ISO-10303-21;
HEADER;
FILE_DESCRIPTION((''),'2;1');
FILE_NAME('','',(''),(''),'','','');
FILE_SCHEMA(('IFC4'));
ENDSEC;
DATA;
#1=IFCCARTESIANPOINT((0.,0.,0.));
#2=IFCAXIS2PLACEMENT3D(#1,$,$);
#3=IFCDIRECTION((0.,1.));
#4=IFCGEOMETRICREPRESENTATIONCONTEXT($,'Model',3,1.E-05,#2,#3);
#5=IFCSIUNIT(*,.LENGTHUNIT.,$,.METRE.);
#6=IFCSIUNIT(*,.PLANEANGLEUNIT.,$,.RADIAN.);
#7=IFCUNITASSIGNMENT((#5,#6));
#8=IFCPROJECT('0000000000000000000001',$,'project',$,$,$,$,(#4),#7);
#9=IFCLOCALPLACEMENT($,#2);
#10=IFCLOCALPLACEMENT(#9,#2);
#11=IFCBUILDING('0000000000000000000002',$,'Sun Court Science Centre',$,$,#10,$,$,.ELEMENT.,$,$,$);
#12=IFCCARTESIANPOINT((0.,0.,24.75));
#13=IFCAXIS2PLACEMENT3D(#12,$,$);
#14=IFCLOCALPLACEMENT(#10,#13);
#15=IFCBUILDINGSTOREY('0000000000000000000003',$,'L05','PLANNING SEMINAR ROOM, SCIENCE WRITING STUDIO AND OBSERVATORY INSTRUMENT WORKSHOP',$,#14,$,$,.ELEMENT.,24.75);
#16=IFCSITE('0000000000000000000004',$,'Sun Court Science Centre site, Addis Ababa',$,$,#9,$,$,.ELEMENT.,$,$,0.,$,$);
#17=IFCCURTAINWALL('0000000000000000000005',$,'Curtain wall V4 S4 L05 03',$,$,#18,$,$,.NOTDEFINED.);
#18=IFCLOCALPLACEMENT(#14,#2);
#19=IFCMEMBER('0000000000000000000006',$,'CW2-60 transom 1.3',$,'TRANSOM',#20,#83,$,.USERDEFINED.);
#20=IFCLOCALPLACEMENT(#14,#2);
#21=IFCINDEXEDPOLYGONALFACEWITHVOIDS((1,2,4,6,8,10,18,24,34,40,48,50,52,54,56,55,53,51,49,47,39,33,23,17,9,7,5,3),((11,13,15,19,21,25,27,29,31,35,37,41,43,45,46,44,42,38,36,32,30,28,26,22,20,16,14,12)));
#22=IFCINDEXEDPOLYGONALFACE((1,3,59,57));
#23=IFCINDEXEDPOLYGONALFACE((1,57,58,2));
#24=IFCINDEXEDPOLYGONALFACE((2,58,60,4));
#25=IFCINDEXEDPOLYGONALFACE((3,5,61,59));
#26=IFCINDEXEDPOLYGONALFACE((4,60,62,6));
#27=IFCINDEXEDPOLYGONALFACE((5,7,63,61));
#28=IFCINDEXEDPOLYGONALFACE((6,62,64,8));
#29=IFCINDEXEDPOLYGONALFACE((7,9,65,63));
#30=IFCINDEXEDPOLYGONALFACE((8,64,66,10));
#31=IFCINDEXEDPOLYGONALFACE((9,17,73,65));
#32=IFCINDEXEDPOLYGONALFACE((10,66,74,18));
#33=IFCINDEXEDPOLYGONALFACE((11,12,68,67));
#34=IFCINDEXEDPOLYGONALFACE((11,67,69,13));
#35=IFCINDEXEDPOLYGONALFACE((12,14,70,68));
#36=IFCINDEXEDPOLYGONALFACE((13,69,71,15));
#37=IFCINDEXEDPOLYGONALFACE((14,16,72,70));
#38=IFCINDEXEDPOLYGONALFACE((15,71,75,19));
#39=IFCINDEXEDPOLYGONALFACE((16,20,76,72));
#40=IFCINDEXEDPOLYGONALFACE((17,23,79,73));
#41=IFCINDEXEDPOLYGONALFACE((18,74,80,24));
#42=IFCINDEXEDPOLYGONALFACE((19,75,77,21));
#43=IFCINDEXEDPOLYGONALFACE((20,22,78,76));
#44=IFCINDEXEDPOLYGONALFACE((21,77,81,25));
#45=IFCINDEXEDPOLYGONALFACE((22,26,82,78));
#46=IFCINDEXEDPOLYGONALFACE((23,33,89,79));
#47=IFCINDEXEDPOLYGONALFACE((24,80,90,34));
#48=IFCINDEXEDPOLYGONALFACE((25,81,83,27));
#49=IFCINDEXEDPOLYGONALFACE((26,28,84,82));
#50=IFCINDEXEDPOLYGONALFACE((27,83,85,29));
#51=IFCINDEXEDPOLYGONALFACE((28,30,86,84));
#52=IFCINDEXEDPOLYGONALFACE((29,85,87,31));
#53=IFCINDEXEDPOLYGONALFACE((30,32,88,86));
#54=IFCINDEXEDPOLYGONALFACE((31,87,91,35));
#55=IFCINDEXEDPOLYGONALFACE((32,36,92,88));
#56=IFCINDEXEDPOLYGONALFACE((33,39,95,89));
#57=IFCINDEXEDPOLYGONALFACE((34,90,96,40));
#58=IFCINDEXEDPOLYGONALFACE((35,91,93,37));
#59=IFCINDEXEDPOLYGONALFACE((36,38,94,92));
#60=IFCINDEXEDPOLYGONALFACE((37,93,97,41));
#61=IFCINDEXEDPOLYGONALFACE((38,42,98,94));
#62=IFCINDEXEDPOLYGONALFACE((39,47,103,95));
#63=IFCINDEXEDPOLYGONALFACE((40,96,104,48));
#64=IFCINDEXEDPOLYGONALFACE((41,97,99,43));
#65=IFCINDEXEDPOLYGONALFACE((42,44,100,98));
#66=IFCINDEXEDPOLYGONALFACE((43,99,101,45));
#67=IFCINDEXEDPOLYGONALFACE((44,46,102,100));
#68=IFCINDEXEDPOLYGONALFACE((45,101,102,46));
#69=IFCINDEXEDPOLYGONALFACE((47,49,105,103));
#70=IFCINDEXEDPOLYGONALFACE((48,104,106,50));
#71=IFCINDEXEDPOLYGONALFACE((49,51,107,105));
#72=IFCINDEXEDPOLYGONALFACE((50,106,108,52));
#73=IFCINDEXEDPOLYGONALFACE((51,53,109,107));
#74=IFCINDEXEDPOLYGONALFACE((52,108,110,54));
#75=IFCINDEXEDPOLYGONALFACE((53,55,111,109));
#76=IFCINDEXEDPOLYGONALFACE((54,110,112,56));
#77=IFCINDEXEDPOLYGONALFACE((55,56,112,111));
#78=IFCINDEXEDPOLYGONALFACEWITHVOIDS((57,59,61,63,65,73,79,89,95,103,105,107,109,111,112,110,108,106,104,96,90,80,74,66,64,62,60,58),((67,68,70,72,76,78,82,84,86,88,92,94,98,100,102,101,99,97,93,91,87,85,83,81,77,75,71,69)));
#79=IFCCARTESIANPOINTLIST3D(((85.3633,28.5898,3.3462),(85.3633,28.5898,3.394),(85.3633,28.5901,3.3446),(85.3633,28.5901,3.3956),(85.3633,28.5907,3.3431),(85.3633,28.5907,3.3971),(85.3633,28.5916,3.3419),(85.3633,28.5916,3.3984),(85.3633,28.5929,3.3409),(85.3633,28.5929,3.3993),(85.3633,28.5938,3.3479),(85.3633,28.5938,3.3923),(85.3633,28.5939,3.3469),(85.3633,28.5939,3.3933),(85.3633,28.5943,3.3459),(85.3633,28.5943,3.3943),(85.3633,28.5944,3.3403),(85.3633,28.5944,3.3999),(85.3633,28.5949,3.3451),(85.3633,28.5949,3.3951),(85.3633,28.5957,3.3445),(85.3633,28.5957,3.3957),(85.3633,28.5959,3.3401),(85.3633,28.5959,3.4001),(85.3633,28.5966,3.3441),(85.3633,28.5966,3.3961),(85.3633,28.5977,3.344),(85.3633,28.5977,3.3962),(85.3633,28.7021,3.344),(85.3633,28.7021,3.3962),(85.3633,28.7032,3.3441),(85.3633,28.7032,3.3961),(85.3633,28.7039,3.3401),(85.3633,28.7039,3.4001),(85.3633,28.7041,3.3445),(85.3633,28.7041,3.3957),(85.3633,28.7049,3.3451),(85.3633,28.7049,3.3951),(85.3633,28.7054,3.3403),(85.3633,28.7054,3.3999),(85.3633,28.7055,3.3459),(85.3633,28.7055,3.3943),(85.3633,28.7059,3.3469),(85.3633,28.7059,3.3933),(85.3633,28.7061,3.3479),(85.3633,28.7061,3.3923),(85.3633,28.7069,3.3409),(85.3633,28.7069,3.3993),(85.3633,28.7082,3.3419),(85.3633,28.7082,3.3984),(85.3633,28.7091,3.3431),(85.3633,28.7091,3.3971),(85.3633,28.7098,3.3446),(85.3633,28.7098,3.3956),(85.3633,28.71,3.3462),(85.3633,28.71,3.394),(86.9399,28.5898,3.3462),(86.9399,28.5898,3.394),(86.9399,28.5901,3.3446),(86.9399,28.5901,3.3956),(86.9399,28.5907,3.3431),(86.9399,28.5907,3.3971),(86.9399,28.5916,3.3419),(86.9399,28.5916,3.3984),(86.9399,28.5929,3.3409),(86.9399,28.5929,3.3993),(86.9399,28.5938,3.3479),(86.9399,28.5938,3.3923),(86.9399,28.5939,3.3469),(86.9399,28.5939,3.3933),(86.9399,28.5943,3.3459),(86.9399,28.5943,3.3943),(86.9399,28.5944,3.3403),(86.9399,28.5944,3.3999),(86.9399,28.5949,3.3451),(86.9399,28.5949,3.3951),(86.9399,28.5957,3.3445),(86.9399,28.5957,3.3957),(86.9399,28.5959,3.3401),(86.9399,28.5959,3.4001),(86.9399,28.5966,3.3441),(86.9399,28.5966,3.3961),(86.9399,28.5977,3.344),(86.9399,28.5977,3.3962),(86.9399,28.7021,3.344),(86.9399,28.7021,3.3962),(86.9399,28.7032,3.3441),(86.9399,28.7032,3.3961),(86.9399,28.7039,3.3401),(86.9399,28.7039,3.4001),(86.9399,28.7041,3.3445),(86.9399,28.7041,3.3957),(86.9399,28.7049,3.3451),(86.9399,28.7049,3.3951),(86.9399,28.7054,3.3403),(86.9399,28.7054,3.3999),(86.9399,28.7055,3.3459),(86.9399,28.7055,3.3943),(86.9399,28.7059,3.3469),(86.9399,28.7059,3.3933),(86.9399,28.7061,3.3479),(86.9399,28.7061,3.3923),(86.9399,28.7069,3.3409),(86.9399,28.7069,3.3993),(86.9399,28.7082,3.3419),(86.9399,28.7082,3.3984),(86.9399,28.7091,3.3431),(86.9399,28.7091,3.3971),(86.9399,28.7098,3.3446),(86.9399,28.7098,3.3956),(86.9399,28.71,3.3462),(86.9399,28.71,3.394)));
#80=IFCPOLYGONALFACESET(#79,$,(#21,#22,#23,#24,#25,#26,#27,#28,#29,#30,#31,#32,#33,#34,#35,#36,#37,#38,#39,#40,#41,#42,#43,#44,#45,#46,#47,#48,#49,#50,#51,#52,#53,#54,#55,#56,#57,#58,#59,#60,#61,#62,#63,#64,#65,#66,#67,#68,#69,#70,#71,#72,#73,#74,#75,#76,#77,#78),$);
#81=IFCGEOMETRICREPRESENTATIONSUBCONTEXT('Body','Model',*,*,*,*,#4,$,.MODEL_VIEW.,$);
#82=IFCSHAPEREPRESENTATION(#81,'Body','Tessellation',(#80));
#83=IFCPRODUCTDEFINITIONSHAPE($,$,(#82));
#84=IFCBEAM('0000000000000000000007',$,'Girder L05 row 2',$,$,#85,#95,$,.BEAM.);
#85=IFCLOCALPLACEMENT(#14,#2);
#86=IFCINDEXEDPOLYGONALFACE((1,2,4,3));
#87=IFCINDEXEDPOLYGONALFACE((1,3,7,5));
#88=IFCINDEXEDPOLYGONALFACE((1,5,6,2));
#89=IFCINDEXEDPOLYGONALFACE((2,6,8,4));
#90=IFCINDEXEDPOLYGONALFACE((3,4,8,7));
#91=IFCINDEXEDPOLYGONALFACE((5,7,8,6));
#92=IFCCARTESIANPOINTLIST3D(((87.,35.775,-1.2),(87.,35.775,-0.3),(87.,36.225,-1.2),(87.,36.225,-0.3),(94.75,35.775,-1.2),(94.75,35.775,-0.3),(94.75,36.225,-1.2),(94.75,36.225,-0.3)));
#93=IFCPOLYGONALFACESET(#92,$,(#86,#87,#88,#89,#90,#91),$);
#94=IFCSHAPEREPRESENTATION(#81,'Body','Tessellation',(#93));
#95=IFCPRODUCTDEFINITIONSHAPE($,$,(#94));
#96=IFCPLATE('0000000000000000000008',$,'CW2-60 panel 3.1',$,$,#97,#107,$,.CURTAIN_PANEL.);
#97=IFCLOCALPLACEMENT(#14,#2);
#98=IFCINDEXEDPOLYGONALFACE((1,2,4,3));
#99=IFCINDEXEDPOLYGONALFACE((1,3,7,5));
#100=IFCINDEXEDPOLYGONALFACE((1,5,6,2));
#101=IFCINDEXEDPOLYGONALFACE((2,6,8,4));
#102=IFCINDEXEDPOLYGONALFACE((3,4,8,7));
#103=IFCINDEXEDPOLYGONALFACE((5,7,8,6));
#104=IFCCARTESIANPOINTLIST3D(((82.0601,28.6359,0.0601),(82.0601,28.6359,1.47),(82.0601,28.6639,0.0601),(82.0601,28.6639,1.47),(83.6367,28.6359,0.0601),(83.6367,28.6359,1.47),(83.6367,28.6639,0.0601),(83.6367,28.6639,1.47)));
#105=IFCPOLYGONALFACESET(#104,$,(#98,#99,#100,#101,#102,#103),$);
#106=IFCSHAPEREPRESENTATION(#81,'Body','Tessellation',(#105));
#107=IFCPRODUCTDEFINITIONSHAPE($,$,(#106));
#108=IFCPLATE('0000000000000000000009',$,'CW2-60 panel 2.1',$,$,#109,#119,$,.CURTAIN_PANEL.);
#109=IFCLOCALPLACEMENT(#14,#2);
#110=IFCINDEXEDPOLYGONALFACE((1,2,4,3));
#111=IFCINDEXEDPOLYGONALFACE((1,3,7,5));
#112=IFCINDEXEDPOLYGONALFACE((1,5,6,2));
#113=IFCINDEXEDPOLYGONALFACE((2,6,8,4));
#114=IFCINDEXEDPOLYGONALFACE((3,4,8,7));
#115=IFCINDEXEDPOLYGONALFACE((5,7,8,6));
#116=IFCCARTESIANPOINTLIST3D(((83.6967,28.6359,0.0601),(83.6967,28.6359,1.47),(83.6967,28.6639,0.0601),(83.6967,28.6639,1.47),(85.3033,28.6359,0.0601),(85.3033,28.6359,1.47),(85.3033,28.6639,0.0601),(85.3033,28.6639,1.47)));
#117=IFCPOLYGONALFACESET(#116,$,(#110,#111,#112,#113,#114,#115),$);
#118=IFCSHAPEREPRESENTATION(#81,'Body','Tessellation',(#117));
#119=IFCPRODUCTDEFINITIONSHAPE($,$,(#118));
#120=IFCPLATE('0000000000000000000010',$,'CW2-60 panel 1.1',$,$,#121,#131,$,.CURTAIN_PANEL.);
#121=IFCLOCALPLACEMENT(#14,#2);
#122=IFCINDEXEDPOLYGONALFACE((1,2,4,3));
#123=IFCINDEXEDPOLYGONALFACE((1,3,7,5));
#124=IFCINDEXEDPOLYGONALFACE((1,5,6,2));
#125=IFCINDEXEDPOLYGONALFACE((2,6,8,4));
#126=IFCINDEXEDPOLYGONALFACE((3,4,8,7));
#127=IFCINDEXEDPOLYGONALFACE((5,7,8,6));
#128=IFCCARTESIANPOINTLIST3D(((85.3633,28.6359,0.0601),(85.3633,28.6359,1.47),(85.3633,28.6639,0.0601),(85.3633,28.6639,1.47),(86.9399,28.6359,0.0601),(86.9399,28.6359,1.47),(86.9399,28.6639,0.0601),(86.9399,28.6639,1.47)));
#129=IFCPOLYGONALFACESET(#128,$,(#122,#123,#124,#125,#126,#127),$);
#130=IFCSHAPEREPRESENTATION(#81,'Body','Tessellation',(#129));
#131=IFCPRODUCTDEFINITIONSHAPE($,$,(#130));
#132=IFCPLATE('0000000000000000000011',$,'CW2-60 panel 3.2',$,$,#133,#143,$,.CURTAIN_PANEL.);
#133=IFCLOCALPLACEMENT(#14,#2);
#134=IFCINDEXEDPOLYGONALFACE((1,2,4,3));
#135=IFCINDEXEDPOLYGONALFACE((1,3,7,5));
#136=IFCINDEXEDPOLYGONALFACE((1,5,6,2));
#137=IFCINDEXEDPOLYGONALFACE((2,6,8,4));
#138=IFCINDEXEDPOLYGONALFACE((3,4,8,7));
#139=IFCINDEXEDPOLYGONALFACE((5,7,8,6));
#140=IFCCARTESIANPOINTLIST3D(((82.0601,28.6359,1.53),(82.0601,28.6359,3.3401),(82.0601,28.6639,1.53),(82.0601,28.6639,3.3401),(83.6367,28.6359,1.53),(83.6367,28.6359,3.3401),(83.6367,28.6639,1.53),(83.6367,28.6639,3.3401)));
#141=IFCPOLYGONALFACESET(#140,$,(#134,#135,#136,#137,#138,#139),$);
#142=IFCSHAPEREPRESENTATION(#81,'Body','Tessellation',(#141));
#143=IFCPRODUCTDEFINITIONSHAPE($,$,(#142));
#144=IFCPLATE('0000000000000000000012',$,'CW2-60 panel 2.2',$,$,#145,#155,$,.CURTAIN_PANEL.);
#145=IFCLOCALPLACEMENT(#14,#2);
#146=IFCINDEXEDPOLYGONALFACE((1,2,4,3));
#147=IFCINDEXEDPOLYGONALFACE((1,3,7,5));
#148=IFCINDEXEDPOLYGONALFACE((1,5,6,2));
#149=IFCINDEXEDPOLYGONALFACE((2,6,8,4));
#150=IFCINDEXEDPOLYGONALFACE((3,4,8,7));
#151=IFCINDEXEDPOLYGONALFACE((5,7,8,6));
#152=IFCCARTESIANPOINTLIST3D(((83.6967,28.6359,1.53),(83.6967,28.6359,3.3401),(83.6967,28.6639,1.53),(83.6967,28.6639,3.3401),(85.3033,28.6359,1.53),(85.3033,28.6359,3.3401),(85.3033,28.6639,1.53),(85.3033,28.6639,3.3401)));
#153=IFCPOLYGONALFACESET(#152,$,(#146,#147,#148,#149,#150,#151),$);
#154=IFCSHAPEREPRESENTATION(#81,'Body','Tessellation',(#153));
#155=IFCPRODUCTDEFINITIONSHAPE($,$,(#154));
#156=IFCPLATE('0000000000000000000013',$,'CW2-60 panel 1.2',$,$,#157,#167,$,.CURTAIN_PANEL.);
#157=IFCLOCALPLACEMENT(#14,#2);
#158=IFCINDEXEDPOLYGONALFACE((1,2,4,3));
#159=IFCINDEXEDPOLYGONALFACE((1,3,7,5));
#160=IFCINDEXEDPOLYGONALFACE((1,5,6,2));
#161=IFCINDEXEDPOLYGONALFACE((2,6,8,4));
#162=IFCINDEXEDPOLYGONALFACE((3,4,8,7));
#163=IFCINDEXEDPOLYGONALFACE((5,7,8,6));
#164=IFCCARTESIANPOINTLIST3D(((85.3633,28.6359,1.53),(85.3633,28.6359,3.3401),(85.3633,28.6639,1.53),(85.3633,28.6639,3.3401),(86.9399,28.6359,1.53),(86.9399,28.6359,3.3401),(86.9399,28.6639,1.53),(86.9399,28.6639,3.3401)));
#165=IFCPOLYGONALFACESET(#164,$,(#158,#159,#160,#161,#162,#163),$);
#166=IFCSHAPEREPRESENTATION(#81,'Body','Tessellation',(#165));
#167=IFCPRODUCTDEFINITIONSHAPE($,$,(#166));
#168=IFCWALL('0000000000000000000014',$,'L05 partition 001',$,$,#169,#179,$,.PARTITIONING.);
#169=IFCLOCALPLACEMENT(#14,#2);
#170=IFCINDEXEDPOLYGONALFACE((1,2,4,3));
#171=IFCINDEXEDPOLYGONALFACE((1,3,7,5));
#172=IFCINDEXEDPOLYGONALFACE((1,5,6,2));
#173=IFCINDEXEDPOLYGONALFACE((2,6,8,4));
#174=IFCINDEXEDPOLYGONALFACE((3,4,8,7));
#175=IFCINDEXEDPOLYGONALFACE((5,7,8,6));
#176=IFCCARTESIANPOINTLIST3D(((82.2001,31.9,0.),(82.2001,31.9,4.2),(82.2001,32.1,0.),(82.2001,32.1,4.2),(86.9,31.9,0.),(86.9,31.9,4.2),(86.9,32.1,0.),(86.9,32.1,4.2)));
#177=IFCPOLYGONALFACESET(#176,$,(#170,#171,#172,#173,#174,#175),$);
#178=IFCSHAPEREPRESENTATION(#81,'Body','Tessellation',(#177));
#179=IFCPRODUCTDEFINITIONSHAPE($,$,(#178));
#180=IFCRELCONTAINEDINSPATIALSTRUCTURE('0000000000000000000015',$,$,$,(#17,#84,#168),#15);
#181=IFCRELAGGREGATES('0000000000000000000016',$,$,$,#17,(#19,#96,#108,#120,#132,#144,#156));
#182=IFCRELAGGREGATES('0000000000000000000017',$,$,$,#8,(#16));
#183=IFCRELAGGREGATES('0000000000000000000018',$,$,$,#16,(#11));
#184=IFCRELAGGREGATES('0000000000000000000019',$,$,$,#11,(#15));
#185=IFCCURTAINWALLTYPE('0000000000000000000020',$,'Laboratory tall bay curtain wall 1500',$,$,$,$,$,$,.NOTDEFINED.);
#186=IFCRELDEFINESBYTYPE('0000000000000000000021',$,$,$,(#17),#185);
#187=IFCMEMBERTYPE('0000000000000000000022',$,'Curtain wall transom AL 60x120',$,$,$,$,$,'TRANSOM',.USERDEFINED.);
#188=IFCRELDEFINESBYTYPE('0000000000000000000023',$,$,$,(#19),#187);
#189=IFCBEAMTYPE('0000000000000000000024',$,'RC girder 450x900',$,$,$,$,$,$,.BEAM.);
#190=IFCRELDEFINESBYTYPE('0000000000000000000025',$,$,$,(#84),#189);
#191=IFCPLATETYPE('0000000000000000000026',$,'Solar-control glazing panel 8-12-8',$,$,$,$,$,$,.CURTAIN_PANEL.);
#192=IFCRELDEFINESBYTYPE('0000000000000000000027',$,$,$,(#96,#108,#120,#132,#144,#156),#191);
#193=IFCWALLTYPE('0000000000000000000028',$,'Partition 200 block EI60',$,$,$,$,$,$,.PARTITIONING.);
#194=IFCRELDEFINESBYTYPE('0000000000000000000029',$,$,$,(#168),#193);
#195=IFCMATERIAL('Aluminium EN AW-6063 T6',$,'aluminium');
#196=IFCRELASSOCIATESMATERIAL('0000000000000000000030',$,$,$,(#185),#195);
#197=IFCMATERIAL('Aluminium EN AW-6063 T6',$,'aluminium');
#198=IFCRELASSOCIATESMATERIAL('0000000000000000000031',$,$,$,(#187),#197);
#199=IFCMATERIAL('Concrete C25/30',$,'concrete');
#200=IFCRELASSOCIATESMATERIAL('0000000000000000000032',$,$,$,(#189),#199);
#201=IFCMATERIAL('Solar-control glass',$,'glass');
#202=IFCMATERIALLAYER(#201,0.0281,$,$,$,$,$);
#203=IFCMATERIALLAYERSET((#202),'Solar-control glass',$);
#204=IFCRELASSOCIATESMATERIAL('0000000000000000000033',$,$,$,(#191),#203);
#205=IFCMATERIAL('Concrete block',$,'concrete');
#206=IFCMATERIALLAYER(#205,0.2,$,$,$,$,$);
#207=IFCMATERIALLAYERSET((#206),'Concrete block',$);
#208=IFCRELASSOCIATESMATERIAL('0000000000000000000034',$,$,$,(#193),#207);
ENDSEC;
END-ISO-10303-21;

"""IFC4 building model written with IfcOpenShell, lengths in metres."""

from ifc_helpers import new_model, si_unit, direction, frame, frame_2d, origin, origin_2d, place, context, subcontext, project, spatial, rectangle, hollow_rectangle, extrude, material, layer, layer_set, material_profile, profile_set, type_object, element, aggregate, save


model = new_model("IFC4")

# Units and contexts
model_context = context("Model", 3, precision=1e-05, world=origin(), true_north=direction((0.0, 1.0)))
body_context = subcontext(model_context, "Body", "Model", "MODEL_VIEW")
ifc_project = project(units=[si_unit("LENGTHUNIT", "METRE"), si_unit("PLANEANGLEUNIT", "RADIAN")], contexts=[model_context])

# Site, building, storey
site_placement = place(None, origin())
site = spatial("IfcSite", under=ifc_project, at=site_placement, Name="Sun Court Science Centre site, Addis Ababa", CompositionType="ELEMENT", RefElevation=0.0)
building_placement = place(site_placement, origin())
building = spatial("IfcBuilding", under=site, at=building_placement, Name="Sun Court Science Centre", CompositionType="ELEMENT")
storey_placement = place(building_placement, frame((0.0, 0.0, 24.75)))
storey = spatial("IfcBuildingStorey", under=building, at=storey_placement, Name="L05", Description="PLANNING SEMINAR ROOM, SCIENCE WRITING STUDIO AND OBSERVATORY INSTRUMENT WORKSHOP", CompositionType="ELEMENT", Elevation=24.75)

# Curtain wall, member
ifc_material_1 = material(Name="Aluminium EN AW-6063 T6", Category="aluminium")
curtain_wall_type = type_object("IfcCurtainWallType", Name="Laboratory tall bay curtain wall 1500", PredefinedType="NOTDEFINED", material=ifc_material_1)
curtain_wall_placement = place(storey_placement, origin())
curtain_wall = element("IfcCurtainWall", 1, at=curtain_wall_placement, inside=storey, type_object=curtain_wall_type, Name="Curtain wall V4 S4 L05 03", PredefinedType="NOTDEFINED")
ifc_material_2 = material(Name="Aluminium EN AW-6063 T6", Category="aluminium")
ifc_material_profile_1 = material_profile(ifc_material_2, hollow_rectangle(XDim=0.0601, YDim=0.1201, WallThickness=0.0039, InnerFilletRadius=0.0039, OuterFilletRadius=0.0061, at=origin_2d()), Name="AL 60x120x4")
ifc_profile_set_1 = profile_set([ifc_material_profile_1], Name="Aluminium EN AW-6063 T6")
member_type = type_object("IfcMemberType", Name="Curtain wall transom AL 60x120", ElementType="TRANSOM", PredefinedType="USERDEFINED", material=ifc_profile_set_1)
member_1_placement = place(storey_placement, frame((86.9399, 28.6499, 3.3701), z_axis=(-1.0, 0.0, 0.0), x_axis=(0.0, 0.0, 1.0)))
member_1 = element("IfcMember", 2, at=member_1_placement, type_object=member_type, Name="CW2-60 transom 1.3", ObjectType="TRANSOM", PredefinedType="USERDEFINED", context=body_context, shape_type="SweptSolid", body=[
    extrude(hollow_rectangle(XDim=0.0601, YDim=0.1201, WallThickness=0.0039, InnerFilletRadius=0.0039, OuterFilletRadius=0.0061, at=origin_2d()), origin(), (0.0, 0.0, 1.0), 1.5767),
])

# Beam
ifc_material_3 = material(Name="Concrete C25/30", Category="concrete")
ifc_material_profile_2 = material_profile(ifc_material_3, rectangle(XDim=0.45, YDim=0.8999, at=origin_2d()), Name="RC 450x900")
ifc_profile_set_2 = profile_set([ifc_material_profile_2], Name="Concrete C25/30")
beam_type = type_object("IfcBeamType", Name="RC girder 450x900", PredefinedType="BEAM", material=ifc_profile_set_2)
beam_placement = place(storey_placement, frame((87.0, 36.0, -0.75), z_axis=(1.0, 0.0, 0.0), x_axis=(0.0, 1.0, 0.0)))
element("IfcBeam", 3, at=beam_placement, inside=storey, type_object=beam_type, Name="Girder L05 row 2", PredefinedType="BEAM", context=body_context, shape_type="SweptSolid", body=[
    extrude(rectangle(XDim=0.45, YDim=0.8999, at=origin_2d()), origin(), (0.0, 0.0, 1.0), 7.75),
])

# Plates
ifc_material_4 = material(Name="Solar-control glass", Category="glass")
ifc_layer_1 = layer(ifc_material_4, 0.0281)
ifc_layer_set_1 = layer_set([ifc_layer_1], Name="Solar-control glass")
plate_type = type_object("IfcPlateType", Name="Solar-control glazing panel 8-12-8", PredefinedType="CURTAIN_PANEL", material=ifc_layer_set_1)
plate_1_placement = place(storey_placement, frame((82.8484, 28.6499, 0.0601), z_axis=(0.0, 0.0, 1.0), x_axis=(-1.0, 0.0, 0.0)))
plate_1 = element("IfcPlate", 4, at=plate_1_placement, type_object=plate_type, Name="CW2-60 panel 3.1", PredefinedType="CURTAIN_PANEL", context=body_context, shape_type="SweptSolid", body=[
    extrude(rectangle(XDim=1.5767, YDim=0.0281, at=origin_2d()), origin(), (0.0, 0.0, 1.0), 1.4099),
])
plate_2_placement = place(storey_placement, frame((84.5, 28.6499, 0.0601), z_axis=(0.0, 0.0, 1.0), x_axis=(-1.0, 0.0, 0.0)))
plate_2 = element("IfcPlate", 5, at=plate_2_placement, type_object=plate_type, Name="CW2-60 panel 2.1", PredefinedType="CURTAIN_PANEL", context=body_context, shape_type="SweptSolid", body=[
    extrude(rectangle(XDim=1.6067, YDim=0.0281, at=origin_2d()), origin(), (0.0, 0.0, 1.0), 1.4099),
])
plate_3_placement = place(storey_placement, frame((86.1516, 28.6499, 0.0601), z_axis=(0.0, 0.0, 1.0), x_axis=(-1.0, 0.0, 0.0)))
plate_3 = element("IfcPlate", 6, at=plate_3_placement, type_object=plate_type, Name="CW2-60 panel 1.1", PredefinedType="CURTAIN_PANEL", context=body_context, shape_type="SweptSolid", body=[
    extrude(rectangle(XDim=1.5767, YDim=0.0281, at=origin_2d()), origin(), (0.0, 0.0, 1.0), 1.4099),
])
plate_4_placement = place(storey_placement, frame((82.8484, 28.6499, 1.53), z_axis=(0.0, 0.0, 1.0), x_axis=(-1.0, 0.0, 0.0)))
plate_4 = element("IfcPlate", 7, at=plate_4_placement, type_object=plate_type, Name="CW2-60 panel 3.2", PredefinedType="CURTAIN_PANEL", context=body_context, shape_type="SweptSolid", body=[
    extrude(rectangle(XDim=1.5767, YDim=0.0281, at=origin_2d()), origin(), (0.0, 0.0, 1.0), 1.8101),
])
plate_5_placement = place(storey_placement, frame((84.5, 28.6499, 1.53), z_axis=(0.0, 0.0, 1.0), x_axis=(-1.0, 0.0, 0.0)))
plate_5 = element("IfcPlate", 8, at=plate_5_placement, type_object=plate_type, Name="CW2-60 panel 2.2", PredefinedType="CURTAIN_PANEL", context=body_context, shape_type="SweptSolid", body=[
    extrude(rectangle(XDim=1.6067, YDim=0.0281, at=origin_2d()), origin(), (0.0, 0.0, 1.0), 1.8101),
])
plate_6_placement = place(storey_placement, frame((86.1516, 28.6499, 1.53), z_axis=(0.0, 0.0, 1.0), x_axis=(-1.0, 0.0, 0.0)))
plate_6 = element("IfcPlate", 9, at=plate_6_placement, type_object=plate_type, Name="CW2-60 panel 1.2", PredefinedType="CURTAIN_PANEL", context=body_context, shape_type="SweptSolid", body=[
    extrude(rectangle(XDim=1.5767, YDim=0.0281, at=origin_2d()), origin(), (0.0, 0.0, 1.0), 1.8101),
])
aggregate(curtain_wall, [member_1, plate_1, plate_2, plate_3, plate_4, plate_5, plate_6])

# Wall
ifc_material_5 = material(Name="Concrete block", Category="concrete")
ifc_layer_2 = layer(ifc_material_5, 0.2)
ifc_layer_set_2 = layer_set([ifc_layer_2], Name="Concrete block")
wall_type_1 = type_object("IfcWallType", Name="Partition 200 block EI60", PredefinedType="PARTITIONING", material=ifc_layer_set_2)
wall_1_placement = place(storey_placement, frame((82.2, 32.0, 0.0), z_axis=(0.0, 0.0, 1.0), x_axis=(1.0, 0.0, 0.0)))
element("IfcWall", 10, at=wall_1_placement, inside=storey, type_object=wall_type_1, Name="L05 partition 001", PredefinedType="PARTITIONING", context=body_context, shape_type="SweptSolid", body=[
    extrude(rectangle(XDim=4.7, YDim=0.2, at=frame_2d((2.3501, 0.0))), origin(), (0.0, 0.0, 1.0), 4.2),
])

save(model, "model.ifc")
